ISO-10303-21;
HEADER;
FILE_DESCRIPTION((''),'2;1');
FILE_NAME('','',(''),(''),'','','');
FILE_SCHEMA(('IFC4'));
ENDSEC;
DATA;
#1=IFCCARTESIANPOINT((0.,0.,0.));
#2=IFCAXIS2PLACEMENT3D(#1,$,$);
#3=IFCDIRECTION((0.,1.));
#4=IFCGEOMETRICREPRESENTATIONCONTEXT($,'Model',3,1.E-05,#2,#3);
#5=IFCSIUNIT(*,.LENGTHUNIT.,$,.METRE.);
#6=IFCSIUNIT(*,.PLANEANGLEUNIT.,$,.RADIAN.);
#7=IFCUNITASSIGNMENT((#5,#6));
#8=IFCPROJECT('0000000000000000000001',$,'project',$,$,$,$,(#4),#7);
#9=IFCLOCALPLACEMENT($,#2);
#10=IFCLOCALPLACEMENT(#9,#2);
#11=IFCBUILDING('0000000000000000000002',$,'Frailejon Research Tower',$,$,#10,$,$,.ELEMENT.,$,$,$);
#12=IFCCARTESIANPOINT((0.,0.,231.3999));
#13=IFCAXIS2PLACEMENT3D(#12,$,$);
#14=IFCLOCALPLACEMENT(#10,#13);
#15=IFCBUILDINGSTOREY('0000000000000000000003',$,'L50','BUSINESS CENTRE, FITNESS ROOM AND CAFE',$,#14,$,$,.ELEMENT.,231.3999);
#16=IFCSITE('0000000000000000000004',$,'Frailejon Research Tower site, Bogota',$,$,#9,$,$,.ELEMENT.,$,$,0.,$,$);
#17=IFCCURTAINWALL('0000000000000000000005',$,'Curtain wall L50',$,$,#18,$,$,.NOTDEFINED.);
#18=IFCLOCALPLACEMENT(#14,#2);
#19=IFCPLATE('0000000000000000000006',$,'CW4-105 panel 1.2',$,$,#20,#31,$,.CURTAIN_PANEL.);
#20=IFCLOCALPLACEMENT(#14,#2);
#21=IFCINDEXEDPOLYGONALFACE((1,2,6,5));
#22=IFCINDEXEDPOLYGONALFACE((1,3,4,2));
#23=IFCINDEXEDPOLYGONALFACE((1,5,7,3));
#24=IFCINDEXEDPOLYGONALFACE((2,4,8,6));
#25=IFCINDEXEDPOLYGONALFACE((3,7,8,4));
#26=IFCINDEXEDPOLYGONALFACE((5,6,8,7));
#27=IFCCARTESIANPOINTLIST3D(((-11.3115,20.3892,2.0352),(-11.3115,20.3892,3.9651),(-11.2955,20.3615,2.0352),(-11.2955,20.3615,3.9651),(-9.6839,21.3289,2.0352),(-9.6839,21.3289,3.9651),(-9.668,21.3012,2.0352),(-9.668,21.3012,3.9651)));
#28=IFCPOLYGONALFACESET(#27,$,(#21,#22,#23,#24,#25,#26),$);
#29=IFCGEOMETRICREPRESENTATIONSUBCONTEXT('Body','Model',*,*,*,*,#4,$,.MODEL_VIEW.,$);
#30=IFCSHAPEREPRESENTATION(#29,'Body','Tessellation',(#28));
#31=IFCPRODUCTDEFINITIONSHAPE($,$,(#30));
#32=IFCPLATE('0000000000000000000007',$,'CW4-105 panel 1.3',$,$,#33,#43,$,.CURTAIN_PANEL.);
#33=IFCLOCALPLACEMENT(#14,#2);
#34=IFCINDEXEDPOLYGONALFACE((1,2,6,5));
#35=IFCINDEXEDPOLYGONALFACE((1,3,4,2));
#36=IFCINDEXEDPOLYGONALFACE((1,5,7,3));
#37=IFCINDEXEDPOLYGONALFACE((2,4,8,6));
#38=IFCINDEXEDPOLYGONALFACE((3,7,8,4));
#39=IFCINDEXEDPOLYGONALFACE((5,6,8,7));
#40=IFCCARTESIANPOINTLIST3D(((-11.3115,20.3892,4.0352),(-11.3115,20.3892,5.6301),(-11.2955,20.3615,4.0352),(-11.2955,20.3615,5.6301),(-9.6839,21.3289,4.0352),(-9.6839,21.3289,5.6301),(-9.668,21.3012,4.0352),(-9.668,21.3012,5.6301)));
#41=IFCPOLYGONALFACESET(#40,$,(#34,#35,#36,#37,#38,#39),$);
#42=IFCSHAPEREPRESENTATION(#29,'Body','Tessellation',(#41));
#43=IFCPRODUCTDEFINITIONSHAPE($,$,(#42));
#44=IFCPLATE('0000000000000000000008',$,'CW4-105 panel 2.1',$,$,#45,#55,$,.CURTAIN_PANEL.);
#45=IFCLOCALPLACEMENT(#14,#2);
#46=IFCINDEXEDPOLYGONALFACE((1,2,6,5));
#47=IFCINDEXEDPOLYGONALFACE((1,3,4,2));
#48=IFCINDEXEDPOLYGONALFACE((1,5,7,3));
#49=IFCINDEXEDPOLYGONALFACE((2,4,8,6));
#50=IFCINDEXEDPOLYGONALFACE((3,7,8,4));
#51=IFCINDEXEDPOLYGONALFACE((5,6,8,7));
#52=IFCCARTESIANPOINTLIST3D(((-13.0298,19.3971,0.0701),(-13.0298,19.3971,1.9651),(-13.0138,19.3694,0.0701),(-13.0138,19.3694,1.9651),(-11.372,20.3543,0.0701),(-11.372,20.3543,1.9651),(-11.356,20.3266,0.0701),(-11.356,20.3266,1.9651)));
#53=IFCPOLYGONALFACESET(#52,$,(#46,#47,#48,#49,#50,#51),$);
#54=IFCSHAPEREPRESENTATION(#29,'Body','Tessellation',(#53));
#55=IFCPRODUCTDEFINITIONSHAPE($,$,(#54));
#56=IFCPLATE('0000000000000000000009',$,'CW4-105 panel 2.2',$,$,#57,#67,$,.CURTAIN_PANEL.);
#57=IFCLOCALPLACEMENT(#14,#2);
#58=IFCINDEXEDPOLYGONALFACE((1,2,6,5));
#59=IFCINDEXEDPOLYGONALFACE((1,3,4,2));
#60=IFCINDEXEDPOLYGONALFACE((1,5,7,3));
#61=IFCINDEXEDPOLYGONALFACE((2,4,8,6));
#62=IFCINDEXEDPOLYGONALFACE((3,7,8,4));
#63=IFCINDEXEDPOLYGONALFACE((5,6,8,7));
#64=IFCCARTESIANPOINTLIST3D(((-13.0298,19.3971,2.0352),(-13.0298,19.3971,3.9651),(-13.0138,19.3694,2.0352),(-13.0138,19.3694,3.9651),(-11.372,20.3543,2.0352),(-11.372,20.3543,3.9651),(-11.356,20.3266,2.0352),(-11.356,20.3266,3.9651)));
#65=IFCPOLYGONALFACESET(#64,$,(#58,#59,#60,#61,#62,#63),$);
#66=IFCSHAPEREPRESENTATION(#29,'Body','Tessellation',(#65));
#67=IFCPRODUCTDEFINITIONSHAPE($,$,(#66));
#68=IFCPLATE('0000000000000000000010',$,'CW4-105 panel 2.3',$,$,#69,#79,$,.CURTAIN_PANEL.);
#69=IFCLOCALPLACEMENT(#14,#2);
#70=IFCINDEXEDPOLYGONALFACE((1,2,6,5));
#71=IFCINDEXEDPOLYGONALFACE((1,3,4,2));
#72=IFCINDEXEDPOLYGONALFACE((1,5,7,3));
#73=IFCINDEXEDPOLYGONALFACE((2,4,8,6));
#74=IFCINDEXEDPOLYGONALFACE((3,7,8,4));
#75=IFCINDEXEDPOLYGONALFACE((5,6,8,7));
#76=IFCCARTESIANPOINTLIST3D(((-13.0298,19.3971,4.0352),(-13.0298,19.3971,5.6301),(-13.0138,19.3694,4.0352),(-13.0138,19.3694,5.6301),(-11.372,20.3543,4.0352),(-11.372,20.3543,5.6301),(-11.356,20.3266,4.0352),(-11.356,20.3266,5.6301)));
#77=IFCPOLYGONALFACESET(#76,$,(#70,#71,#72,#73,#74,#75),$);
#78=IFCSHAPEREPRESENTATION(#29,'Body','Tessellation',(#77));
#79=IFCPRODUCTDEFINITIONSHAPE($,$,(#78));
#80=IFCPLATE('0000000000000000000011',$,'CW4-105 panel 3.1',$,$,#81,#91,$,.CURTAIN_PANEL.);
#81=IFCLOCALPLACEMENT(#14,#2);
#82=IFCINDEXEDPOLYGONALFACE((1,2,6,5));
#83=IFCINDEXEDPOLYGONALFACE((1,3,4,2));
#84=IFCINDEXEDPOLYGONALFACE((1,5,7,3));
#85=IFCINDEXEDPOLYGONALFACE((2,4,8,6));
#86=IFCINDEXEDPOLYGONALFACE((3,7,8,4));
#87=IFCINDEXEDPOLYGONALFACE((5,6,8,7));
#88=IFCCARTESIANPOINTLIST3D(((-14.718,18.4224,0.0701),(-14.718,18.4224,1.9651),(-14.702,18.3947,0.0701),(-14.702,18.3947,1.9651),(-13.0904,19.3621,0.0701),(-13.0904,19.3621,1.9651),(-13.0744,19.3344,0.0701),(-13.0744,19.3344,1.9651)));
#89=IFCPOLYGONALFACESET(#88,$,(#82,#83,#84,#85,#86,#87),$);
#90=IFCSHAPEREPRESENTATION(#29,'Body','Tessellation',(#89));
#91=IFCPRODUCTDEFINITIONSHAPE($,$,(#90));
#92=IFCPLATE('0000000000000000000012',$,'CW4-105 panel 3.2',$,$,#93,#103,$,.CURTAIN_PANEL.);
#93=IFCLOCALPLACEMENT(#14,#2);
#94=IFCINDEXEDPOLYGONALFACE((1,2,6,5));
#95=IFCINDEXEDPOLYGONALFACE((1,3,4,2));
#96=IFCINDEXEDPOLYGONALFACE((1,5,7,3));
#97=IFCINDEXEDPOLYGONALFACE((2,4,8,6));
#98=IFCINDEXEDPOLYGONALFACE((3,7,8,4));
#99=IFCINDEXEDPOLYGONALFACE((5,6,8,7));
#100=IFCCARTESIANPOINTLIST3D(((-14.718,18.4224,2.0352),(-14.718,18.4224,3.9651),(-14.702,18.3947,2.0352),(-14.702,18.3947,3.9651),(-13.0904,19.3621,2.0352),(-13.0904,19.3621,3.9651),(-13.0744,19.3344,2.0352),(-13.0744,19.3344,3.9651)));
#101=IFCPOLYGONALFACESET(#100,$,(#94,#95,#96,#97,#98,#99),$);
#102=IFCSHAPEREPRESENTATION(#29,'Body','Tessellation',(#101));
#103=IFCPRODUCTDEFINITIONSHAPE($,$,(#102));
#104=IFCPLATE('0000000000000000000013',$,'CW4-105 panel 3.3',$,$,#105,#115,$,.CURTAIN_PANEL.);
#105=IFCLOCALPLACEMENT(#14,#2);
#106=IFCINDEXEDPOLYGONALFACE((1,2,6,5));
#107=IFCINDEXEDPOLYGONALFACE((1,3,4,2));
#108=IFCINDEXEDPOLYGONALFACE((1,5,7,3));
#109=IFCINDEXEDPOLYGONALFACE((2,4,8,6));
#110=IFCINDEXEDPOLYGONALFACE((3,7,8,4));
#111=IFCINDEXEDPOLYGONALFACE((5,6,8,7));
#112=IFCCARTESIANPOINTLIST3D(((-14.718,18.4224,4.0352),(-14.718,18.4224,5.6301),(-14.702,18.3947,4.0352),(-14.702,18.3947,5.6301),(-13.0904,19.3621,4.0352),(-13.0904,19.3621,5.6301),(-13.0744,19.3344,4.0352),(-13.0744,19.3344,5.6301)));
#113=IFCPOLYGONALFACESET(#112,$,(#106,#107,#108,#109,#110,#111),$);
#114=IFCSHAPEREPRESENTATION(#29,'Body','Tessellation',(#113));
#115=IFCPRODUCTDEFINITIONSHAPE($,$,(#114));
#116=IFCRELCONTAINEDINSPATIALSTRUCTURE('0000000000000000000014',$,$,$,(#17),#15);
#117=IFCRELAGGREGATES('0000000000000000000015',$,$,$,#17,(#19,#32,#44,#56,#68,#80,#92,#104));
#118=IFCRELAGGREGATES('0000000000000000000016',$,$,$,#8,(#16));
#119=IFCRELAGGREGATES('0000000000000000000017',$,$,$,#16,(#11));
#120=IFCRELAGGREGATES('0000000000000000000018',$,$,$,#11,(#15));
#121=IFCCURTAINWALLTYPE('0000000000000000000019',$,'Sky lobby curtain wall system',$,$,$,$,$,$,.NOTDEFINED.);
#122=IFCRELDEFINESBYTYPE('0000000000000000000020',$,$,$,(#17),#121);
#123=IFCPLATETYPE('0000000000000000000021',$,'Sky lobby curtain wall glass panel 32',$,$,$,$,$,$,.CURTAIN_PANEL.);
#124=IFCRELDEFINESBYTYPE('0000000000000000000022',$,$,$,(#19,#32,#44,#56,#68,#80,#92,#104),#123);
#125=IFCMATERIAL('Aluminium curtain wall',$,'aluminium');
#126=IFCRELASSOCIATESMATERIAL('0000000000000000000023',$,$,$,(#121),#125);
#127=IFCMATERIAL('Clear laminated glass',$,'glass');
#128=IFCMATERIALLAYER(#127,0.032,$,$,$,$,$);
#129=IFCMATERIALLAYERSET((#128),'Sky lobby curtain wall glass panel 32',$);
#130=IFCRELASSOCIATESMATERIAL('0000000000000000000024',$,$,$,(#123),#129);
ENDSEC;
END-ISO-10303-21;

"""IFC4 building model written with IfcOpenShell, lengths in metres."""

from ifc_helpers import new_model, si_unit, direction, frame, origin, origin_2d, place, context, subcontext, project, spatial, rectangle, extrude, material, layer, layer_set, type_object, element, aggregate, save


model = new_model("IFC4")

# Units and contexts
model_context = context("Model", 3, precision=1e-05, world=origin(), true_north=direction((0.0, 1.0)))
body_context = subcontext(model_context, "Body", "Model", "MODEL_VIEW")
ifc_project = project(units=[si_unit("LENGTHUNIT", "METRE"), si_unit("PLANEANGLEUNIT", "RADIAN")], contexts=[model_context])

# Site, building, storey
site_placement = place(None, origin())
site = spatial("IfcSite", under=ifc_project, at=site_placement, Name="Frailejon Research Tower site, Bogota", CompositionType="ELEMENT", RefElevation=0.0)
building_placement = place(site_placement, origin())
building = spatial("IfcBuilding", under=site, at=building_placement, Name="Frailejon Research Tower", CompositionType="ELEMENT")
storey_placement = place(building_placement, frame((0.0, 0.0, 231.3999)))
storey = spatial("IfcBuildingStorey", under=building, at=storey_placement, Name="L50", Description="BUSINESS CENTRE, FITNESS ROOM AND CAFE", CompositionType="ELEMENT", Elevation=231.3999)

# Curtain wall
ifc_material_1 = material(Name="Aluminium curtain wall", Category="aluminium")
curtain_wall_type = type_object("IfcCurtainWallType", Name="Sky lobby curtain wall system", PredefinedType="NOTDEFINED", material=ifc_material_1)
curtain_wall_1_placement = place(storey_placement, origin())
curtain_wall_1 = element("IfcCurtainWall", 1, at=curtain_wall_1_placement, inside=storey, type_object=curtain_wall_type, Name="Curtain wall L50", PredefinedType="NOTDEFINED")

# Plates
ifc_material_2 = material(Name="Clear laminated glass", Category="glass")
ifc_layer = layer(ifc_material_2, 0.032)
ifc_layer_set = layer_set([ifc_layer], Name="Sky lobby curtain wall glass panel 32")
plate_type = type_object("IfcPlateType", Name="Sky lobby curtain wall glass panel 32", PredefinedType="CURTAIN_PANEL", material=ifc_layer_set)
plate_1_placement = place(storey_placement, frame((-10.4897, 20.8452, 2.0352), z_axis=(0.0, 0.0, 1.0), x_axis=(-0.866019, -0.500011, 0.0)))
plate_1 = element("IfcPlate", 2, at=plate_1_placement, type_object=plate_type, Name="CW4-105 panel 1.2", PredefinedType="CURTAIN_PANEL", context=body_context, shape_type="SweptSolid", body=[
    extrude(rectangle(XDim=1.8794, YDim=0.032, at=origin_2d()), origin(), (0.0, 0.0, 1.0), 1.9299),
])
plate_2_placement = place(storey_placement, frame((-10.4897, 20.8452, 4.0352), z_axis=(0.0, 0.0, 1.0), x_axis=(-0.866019, -0.500011, 0.0)))
plate_2 = element("IfcPlate", 3, at=plate_2_placement, type_object=plate_type, Name="CW4-105 panel 1.3", PredefinedType="CURTAIN_PANEL", context=body_context, shape_type="SweptSolid", body=[
    extrude(rectangle(XDim=1.8794, YDim=0.032, at=origin_2d()), origin(), (0.0, 0.0, 1.0), 1.595),
])
plate_3_placement = place(storey_placement, frame((-12.1929, 19.8618, 0.0701), z_axis=(0.0, 0.0, 1.0), x_axis=(-0.866019, -0.500011, 0.0)))
plate_3 = element("IfcPlate", 4, at=plate_3_placement, type_object=plate_type, Name="CW4-105 panel 2.1", PredefinedType="CURTAIN_PANEL", context=body_context, shape_type="SweptSolid", body=[
    extrude(rectangle(XDim=1.9143, YDim=0.032, at=origin_2d()), origin(), (0.0, 0.0, 1.0), 1.895),
])
plate_4_placement = place(storey_placement, frame((-12.1929, 19.8618, 2.0352), z_axis=(0.0, 0.0, 1.0), x_axis=(-0.866019, -0.500011, 0.0)))
plate_4 = element("IfcPlate", 5, at=plate_4_placement, type_object=plate_type, Name="CW4-105 panel 2.2", PredefinedType="CURTAIN_PANEL", context=body_context, shape_type="SweptSolid", body=[
    extrude(rectangle(XDim=1.9143, YDim=0.032, at=origin_2d()), origin(), (0.0, 0.0, 1.0), 1.9299),
])
plate_5_placement = place(storey_placement, frame((-12.1929, 19.8618, 4.0352), z_axis=(0.0, 0.0, 1.0), x_axis=(-0.866019, -0.500011, 0.0)))
plate_5 = element("IfcPlate", 6, at=plate_5_placement, type_object=plate_type, Name="CW4-105 panel 2.3", PredefinedType="CURTAIN_PANEL", context=body_context, shape_type="SweptSolid", body=[
    extrude(rectangle(XDim=1.9143, YDim=0.032, at=origin_2d()), origin(), (0.0, 0.0, 1.0), 1.595),
])
plate_6_placement = place(storey_placement, frame((-13.8962, 18.8784, 0.0701), z_axis=(0.0, 0.0, 1.0), x_axis=(-0.866019, -0.500011, 0.0)))
plate_6 = element("IfcPlate", 7, at=plate_6_placement, type_object=plate_type, Name="CW4-105 panel 3.1", PredefinedType="CURTAIN_PANEL", context=body_context, shape_type="SweptSolid", body=[
    extrude(rectangle(XDim=1.8794, YDim=0.032, at=origin_2d()), origin(), (0.0, 0.0, 1.0), 1.895),
])
plate_7_placement = place(storey_placement, frame((-13.8962, 18.8784, 2.0352), z_axis=(0.0, 0.0, 1.0), x_axis=(-0.866019, -0.500011, 0.0)))
plate_7 = element("IfcPlate", 8, at=plate_7_placement, type_object=plate_type, Name="CW4-105 panel 3.2", PredefinedType="CURTAIN_PANEL", context=body_context, shape_type="SweptSolid", body=[
    extrude(rectangle(XDim=1.8794, YDim=0.032, at=origin_2d()), origin(), (0.0, 0.0, 1.0), 1.9299),
])
plate_8_placement = place(storey_placement, frame((-13.8962, 18.8784, 4.0352), z_axis=(0.0, 0.0, 1.0), x_axis=(-0.866019, -0.500011, 0.0)))
plate_8 = element("IfcPlate", 9, at=plate_8_placement, type_object=plate_type, Name="CW4-105 panel 3.3", PredefinedType="CURTAIN_PANEL", context=body_context, shape_type="SweptSolid", body=[
    extrude(rectangle(XDim=1.8794, YDim=0.032, at=origin_2d()), origin(), (0.0, 0.0, 1.0), 1.595),
])
aggregate(curtain_wall_1, [plate_1, plate_2, plate_3, plate_4, plate_5, plate_6, plate_7, plate_8])

save(model, "model.ifc")
